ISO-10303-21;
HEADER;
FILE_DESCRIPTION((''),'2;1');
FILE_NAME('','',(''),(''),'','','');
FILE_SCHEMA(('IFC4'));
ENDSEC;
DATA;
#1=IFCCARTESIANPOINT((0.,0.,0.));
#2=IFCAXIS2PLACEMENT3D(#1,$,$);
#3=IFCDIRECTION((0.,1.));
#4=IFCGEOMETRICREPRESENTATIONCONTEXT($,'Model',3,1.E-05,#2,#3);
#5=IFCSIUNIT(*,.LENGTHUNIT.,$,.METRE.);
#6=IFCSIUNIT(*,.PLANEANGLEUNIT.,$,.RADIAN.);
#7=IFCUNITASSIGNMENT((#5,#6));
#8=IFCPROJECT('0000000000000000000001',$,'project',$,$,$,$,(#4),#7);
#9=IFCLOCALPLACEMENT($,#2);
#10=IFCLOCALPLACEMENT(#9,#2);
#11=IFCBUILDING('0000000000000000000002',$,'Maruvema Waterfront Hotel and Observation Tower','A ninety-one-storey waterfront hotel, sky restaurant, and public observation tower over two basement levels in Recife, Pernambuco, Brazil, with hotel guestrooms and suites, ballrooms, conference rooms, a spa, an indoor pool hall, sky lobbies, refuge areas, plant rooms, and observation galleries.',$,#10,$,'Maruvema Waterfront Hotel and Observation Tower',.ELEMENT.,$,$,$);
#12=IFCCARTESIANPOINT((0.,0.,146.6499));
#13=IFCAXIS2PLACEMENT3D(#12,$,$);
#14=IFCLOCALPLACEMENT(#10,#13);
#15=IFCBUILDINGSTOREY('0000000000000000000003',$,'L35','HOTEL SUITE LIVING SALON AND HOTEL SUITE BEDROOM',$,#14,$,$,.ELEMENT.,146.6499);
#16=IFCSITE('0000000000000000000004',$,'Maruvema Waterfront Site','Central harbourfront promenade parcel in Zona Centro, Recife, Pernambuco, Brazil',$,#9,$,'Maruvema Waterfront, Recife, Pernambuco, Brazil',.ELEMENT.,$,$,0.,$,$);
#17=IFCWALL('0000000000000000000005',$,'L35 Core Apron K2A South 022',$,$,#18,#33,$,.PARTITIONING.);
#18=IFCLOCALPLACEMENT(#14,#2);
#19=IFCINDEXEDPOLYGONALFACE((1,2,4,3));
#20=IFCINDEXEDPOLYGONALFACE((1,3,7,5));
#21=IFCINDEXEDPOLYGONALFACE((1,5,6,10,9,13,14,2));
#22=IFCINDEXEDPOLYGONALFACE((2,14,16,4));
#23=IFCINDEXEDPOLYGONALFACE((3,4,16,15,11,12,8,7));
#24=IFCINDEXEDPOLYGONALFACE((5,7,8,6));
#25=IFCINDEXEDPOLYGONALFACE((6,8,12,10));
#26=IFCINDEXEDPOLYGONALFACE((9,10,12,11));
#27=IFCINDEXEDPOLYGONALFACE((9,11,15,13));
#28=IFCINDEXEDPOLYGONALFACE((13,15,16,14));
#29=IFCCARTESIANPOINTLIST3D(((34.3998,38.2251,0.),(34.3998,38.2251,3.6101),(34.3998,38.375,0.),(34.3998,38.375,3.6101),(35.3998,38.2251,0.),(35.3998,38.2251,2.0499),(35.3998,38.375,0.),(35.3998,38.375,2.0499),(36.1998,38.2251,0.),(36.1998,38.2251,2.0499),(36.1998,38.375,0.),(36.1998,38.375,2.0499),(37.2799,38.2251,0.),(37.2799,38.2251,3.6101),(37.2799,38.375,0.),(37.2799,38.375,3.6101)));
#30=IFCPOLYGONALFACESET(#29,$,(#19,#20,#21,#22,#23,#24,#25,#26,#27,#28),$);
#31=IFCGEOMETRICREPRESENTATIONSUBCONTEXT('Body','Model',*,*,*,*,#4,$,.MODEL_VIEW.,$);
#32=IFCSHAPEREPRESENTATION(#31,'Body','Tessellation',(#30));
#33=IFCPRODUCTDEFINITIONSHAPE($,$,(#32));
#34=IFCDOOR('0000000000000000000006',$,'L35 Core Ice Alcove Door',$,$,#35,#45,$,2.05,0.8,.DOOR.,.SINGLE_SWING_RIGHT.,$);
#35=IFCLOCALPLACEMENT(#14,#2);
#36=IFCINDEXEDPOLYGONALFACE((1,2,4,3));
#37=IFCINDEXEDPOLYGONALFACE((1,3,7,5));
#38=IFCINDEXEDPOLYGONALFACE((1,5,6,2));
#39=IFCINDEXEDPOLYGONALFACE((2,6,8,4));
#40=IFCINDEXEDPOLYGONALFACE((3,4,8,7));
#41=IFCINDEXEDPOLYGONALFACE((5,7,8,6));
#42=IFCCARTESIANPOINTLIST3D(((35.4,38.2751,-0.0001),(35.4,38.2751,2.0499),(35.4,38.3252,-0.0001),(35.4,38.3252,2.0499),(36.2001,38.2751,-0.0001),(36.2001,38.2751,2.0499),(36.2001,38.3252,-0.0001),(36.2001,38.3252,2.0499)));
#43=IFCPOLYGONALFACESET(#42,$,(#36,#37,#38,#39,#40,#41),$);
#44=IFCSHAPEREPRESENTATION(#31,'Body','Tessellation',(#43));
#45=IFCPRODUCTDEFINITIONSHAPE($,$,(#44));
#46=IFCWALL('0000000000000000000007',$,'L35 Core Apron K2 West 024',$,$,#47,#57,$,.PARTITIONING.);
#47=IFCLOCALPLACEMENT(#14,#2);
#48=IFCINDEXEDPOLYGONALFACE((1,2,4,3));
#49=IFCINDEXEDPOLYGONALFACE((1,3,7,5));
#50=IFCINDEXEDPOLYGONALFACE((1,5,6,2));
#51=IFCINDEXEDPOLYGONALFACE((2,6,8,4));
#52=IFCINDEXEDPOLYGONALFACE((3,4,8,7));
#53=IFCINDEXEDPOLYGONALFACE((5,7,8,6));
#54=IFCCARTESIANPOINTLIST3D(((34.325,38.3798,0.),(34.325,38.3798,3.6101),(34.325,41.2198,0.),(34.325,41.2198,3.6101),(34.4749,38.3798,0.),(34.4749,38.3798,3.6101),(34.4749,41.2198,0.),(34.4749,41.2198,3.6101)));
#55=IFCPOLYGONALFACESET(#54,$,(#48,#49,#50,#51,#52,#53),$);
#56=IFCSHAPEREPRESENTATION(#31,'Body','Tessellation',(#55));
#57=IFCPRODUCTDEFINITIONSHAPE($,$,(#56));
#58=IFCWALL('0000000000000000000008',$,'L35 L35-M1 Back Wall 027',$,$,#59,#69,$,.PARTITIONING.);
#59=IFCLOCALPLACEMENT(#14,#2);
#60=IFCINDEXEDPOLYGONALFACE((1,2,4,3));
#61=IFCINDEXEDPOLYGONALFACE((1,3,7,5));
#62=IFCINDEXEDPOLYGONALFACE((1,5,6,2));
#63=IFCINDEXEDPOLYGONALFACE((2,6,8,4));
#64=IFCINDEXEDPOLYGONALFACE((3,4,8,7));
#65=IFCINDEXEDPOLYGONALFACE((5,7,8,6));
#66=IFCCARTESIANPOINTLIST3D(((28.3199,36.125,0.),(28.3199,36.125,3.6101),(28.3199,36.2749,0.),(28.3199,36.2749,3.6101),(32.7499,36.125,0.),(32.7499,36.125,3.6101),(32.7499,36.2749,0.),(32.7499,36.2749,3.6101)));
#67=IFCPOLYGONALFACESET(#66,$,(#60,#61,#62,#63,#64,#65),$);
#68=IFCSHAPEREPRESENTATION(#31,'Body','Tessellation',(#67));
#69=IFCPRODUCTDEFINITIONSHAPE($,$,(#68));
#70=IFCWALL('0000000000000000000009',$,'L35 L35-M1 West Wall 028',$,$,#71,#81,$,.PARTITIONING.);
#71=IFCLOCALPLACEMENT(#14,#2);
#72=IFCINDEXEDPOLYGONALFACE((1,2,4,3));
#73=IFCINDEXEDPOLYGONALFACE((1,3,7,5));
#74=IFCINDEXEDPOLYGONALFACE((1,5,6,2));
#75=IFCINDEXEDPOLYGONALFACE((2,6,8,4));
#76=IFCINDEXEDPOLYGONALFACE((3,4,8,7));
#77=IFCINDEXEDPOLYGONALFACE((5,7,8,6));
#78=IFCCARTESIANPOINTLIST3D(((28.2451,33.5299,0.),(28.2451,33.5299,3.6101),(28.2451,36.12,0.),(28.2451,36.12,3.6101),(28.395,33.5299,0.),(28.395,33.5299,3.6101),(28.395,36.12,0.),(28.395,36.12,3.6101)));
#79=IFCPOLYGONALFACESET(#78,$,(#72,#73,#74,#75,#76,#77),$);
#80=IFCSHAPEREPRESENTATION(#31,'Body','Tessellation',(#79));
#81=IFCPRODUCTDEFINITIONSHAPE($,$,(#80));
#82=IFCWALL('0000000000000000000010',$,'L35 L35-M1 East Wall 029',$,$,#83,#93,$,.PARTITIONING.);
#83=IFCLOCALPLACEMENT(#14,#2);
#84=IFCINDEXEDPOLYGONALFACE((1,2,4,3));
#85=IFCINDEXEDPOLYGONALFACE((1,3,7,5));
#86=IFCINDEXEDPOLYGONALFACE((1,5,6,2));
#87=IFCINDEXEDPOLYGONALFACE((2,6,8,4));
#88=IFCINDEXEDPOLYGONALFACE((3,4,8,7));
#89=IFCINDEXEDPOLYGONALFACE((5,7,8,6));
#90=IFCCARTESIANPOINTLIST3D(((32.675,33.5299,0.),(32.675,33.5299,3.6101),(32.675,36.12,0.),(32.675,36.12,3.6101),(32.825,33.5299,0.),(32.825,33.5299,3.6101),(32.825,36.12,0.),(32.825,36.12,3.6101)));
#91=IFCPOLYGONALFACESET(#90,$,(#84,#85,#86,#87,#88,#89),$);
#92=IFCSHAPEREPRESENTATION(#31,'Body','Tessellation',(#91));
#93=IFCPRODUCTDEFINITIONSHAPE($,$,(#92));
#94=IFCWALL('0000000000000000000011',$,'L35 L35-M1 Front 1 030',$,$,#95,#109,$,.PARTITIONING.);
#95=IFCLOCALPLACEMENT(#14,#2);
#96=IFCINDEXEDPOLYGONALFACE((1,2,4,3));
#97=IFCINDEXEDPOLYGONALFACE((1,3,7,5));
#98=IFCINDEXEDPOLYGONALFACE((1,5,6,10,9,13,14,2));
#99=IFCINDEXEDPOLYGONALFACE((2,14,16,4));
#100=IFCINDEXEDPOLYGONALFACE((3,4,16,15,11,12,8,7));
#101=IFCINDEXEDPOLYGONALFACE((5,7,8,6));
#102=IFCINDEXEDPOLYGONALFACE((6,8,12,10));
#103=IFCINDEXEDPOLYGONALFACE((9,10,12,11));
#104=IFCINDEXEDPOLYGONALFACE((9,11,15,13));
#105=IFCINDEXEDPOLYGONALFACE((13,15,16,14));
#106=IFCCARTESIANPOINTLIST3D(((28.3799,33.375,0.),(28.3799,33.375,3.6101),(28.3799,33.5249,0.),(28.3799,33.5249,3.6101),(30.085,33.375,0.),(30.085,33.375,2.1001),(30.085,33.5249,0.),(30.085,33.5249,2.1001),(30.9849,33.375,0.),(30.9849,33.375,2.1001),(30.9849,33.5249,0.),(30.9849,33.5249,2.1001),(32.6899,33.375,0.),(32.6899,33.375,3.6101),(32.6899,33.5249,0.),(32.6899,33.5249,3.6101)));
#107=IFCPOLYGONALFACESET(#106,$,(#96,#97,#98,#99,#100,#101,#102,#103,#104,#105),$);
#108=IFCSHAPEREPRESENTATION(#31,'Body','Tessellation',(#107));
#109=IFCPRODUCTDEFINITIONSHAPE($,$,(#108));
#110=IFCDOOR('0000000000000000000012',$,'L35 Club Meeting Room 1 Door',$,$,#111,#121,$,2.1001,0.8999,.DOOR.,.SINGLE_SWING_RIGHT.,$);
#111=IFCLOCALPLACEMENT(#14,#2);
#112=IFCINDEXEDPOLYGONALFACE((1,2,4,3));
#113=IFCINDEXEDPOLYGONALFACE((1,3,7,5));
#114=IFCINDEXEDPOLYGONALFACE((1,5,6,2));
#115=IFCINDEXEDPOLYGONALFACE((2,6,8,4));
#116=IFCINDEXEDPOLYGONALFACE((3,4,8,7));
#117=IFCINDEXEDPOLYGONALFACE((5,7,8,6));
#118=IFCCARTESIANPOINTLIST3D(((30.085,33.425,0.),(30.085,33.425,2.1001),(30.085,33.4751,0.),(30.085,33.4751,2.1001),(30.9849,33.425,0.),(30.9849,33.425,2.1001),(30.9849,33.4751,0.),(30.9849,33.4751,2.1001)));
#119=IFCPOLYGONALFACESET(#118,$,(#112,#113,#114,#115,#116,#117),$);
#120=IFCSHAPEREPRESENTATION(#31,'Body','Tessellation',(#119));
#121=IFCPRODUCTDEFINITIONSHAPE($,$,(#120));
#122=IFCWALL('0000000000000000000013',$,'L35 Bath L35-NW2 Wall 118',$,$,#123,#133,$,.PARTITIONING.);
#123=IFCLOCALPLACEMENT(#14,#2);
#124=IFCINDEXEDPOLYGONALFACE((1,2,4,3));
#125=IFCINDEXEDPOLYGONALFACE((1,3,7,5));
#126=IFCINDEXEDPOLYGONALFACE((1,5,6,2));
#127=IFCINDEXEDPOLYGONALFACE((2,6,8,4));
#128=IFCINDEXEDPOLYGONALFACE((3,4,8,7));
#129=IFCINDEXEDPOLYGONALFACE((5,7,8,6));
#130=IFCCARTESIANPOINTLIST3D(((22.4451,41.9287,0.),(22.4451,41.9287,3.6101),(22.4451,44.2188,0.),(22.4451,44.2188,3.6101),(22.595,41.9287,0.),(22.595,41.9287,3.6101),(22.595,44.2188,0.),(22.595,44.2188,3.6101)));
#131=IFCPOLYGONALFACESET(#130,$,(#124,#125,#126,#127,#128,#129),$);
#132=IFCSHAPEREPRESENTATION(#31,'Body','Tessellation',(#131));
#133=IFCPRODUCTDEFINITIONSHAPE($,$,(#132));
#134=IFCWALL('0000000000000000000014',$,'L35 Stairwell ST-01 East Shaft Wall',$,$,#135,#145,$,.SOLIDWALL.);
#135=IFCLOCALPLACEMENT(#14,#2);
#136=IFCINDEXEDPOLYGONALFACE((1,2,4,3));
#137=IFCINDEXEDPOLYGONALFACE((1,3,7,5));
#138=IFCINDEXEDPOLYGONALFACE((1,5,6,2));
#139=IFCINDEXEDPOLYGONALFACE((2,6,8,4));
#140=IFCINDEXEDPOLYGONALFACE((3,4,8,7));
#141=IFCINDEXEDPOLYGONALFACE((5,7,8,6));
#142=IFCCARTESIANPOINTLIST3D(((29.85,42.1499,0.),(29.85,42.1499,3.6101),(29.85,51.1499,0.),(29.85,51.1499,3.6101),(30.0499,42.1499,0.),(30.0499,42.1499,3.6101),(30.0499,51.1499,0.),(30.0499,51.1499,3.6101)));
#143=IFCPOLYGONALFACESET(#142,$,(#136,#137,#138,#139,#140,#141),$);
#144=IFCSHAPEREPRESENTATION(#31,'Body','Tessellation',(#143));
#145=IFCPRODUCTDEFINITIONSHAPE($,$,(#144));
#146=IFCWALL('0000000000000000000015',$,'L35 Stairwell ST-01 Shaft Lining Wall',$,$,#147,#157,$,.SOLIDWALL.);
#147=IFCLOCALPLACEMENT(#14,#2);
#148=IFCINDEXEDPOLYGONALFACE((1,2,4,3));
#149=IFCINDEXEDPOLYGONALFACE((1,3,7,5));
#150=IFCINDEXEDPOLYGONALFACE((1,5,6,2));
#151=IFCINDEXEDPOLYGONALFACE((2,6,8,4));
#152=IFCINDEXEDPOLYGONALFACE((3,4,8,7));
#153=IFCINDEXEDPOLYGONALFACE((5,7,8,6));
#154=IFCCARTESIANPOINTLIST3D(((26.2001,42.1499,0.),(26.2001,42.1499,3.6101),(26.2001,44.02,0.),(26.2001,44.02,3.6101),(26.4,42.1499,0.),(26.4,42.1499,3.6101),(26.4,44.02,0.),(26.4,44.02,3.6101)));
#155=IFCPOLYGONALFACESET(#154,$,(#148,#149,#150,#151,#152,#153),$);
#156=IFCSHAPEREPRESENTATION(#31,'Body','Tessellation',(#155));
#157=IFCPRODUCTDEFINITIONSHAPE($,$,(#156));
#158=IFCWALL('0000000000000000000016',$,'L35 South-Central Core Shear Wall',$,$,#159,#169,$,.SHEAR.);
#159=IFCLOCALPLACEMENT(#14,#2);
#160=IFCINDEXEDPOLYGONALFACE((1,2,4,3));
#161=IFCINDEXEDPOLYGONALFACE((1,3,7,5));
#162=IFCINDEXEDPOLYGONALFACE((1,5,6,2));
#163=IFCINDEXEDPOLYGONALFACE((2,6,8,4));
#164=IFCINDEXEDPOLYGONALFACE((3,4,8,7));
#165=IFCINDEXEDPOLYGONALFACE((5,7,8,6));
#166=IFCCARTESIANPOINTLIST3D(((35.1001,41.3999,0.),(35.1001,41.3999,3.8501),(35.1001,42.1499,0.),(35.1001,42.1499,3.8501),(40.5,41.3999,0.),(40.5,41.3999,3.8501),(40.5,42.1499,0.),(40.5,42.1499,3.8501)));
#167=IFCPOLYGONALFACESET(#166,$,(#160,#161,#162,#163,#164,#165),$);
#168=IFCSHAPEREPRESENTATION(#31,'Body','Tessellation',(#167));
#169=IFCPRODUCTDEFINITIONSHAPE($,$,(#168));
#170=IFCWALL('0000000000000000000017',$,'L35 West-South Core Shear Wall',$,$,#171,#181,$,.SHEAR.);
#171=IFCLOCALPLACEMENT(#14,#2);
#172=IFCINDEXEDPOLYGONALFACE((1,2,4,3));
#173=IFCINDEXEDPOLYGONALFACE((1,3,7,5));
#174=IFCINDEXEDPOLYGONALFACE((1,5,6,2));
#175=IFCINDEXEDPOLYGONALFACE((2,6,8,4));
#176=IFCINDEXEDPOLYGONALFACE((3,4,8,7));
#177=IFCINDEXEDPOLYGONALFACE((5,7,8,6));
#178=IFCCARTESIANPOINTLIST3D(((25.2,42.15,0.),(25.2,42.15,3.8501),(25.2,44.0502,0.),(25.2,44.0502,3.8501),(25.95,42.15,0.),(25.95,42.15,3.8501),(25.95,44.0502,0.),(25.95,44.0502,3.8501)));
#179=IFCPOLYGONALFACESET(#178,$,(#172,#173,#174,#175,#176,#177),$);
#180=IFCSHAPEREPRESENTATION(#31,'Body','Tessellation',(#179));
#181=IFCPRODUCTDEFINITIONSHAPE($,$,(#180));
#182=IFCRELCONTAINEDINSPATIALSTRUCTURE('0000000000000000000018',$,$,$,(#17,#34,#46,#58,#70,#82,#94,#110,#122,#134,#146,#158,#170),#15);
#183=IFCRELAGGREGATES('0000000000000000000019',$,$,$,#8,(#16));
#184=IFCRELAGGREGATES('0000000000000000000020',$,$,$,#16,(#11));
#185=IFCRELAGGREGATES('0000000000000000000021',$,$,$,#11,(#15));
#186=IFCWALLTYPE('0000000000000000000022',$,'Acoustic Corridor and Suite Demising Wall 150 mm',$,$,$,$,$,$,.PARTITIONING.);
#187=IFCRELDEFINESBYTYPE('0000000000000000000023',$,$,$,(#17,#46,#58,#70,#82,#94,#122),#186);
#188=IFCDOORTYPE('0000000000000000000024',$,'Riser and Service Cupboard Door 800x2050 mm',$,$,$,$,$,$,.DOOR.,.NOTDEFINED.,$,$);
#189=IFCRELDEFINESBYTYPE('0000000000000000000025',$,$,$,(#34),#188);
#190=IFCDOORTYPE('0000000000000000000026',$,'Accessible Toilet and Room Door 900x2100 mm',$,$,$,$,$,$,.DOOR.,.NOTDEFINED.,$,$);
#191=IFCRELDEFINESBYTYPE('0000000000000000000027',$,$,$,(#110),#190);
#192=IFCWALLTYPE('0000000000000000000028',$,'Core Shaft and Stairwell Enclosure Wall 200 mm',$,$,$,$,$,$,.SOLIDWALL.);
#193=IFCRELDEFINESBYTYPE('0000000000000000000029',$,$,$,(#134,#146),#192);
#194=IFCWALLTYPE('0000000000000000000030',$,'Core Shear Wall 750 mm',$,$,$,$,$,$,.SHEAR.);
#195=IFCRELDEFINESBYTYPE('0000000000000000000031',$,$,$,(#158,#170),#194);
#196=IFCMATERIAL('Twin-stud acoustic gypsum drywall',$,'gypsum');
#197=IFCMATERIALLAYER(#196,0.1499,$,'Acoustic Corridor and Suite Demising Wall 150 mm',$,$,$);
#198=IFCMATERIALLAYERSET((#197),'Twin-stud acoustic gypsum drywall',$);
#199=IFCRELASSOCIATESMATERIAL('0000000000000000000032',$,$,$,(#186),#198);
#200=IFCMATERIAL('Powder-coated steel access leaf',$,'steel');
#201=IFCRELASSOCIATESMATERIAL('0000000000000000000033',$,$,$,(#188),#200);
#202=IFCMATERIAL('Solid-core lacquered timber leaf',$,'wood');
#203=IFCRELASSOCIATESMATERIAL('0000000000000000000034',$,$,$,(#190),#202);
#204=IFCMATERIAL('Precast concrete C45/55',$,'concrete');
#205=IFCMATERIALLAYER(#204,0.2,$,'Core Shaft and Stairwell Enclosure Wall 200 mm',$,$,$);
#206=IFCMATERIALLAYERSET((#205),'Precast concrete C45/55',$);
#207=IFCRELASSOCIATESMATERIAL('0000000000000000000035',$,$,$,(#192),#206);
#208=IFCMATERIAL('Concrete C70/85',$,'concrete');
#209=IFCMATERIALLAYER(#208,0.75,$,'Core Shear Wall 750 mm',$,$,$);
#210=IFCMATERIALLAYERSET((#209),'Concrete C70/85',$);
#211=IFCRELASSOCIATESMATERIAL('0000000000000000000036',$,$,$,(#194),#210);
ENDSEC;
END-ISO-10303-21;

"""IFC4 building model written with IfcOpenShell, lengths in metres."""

from ifc_helpers import new_model, si_unit, direction, frame, frame_2d, origin, place, context, subcontext, project, spatial, rectangle, extrude, material, layer, layer_set, type_object, element, fill, save


model = new_model("IFC4")

# Units and contexts
model_context = context("Model", 3, precision=1e-05, world=origin(), true_north=direction((0.0, 1.0)))
body_context = subcontext(model_context, "Body", "Model", "MODEL_VIEW")
ifc_project = project(units=[si_unit("LENGTHUNIT", "METRE"), si_unit("PLANEANGLEUNIT", "RADIAN")], contexts=[model_context])

# Site, building, storey
site_placement = place(None, origin())
site = spatial("IfcSite", under=ifc_project, at=site_placement, Name="Maruvema Waterfront Site", Description="Central harbourfront promenade parcel in Zona Centro, Recife, Pernambuco, Brazil", LongName="Maruvema Waterfront, Recife, Pernambuco, Brazil", CompositionType="ELEMENT", RefElevation=0.0)
building_placement = place(site_placement, origin())
building = spatial("IfcBuilding", under=site, at=building_placement, Name="Maruvema Waterfront Hotel and Observation Tower", Description="A ninety-one-storey waterfront hotel, sky restaurant, and public observation tower over two basement levels in Recife, Pernambuco, Brazil, with hotel guestrooms and suites, ballrooms, conference rooms, a spa, an indoor pool hall, sky lobbies, refuge areas, plant rooms, and observation galleries.", LongName="Maruvema Waterfront Hotel and Observation Tower", CompositionType="ELEMENT")
storey_placement = place(building_placement, frame((0.0, 0.0, 146.6499)))
storey = spatial("IfcBuildingStorey", under=building, at=storey_placement, Name="L35", Description="HOTEL SUITE LIVING SALON AND HOTEL SUITE BEDROOM", CompositionType="ELEMENT", Elevation=146.6499)

# Wall, opening, door
ifc_material_1 = material(Name="Twin-stud acoustic gypsum drywall", Category="gypsum")
ifc_layer_1 = layer(ifc_material_1, 0.1499, Name="Acoustic Corridor and Suite Demising Wall 150 mm")
ifc_layer_set_1 = layer_set([ifc_layer_1], Name="Twin-stud acoustic gypsum drywall")
wall_type_1 = type_object("IfcWallType", Name="Acoustic Corridor and Suite Demising Wall 150 mm", PredefinedType="PARTITIONING", material=ifc_layer_set_1)
wall_1_placement = place(storey_placement, frame((34.3999, 38.3, 0.0), z_axis=(0.0, 0.0, 1.0), x_axis=(1.0, 0.0, 0.0)))
wall_1 = element("IfcWall", 1, at=wall_1_placement, inside=storey, type_object=wall_type_1, Name="L35 Core Apron K2A South 022", PredefinedType="PARTITIONING", context=body_context, shape_type="SweptSolid", body=[
    extrude(rectangle(XDim=2.8801, YDim=0.1499, at=frame_2d((1.4399, 0.0))), origin(), (0.0, 0.0, 1.0), 3.6101),
])
opening_1_placement = place(wall_1_placement, frame((1.0, 0.0, 0.0)))
opening_1 = element("IfcOpeningElement", 2, at=opening_1_placement, cuts=wall_1, PredefinedType="OPENING", context=body_context, shape_type="SweptSolid", body=[
    extrude(rectangle(XDim=0.8, YDim=2.05, at=frame_2d((0.3999, 1.0249))), frame((0.0, 0.085, 0.0), z_axis=(0.0, -1.0, 0.0), x_axis=(1.0, 0.0, 0.0)), (0.0, 0.0, 1.0), 0.1699),
])
ifc_material_2 = material(Name="Powder-coated steel access leaf", Category="steel")
door_type_1 = type_object("IfcDoorType", Name="Riser and Service Cupboard Door 800x2050 mm", OperationType="NOTDEFINED", PredefinedType="DOOR", material=ifc_material_2)
door_1_placement = place(opening_1_placement, frame((0.8, 0.0, 0.0), z_axis=(0.0, 0.0, 1.0), x_axis=(-1.0, 0.0, 0.0)))
door_1 = element("IfcDoor", 3, at=door_1_placement, inside=storey, type_object=door_type_1, Name="L35 Core Ice Alcove Door", OperationType="SINGLE_SWING_RIGHT", OverallHeight=2.05, OverallWidth=0.8, PredefinedType="DOOR", context=body_context, shape_type="SweptSolid", body=[
    extrude(rectangle(XDim=0.8, YDim=2.05, at=frame_2d((0.3999, 1.0249))), frame((0.0, 0.0249, 0.0), z_axis=(0.0, -1.0, 0.0), x_axis=(1.0, 0.0, 0.0)), (0.0, 0.0, 1.0), 0.05),
])
fill(opening_1, door_1)

# Walls
wall_2_placement = place(storey_placement, frame((34.3999, 38.3799, 0.0), z_axis=(0.0, 0.0, 1.0), x_axis=(0.0, 1.0, 0.0)))
element("IfcWall", 4, at=wall_2_placement, inside=storey, type_object=wall_type_1, Name="L35 Core Apron K2 West 024", PredefinedType="PARTITIONING", context=body_context, shape_type="SweptSolid", body=[
    extrude(rectangle(XDim=2.8401, YDim=0.1499, at=frame_2d((1.4199, 0.0))), origin(), (0.0, 0.0, 1.0), 3.6101),
])
wall_3_placement = place(storey_placement, frame((28.3201, 36.2, 0.0), z_axis=(0.0, 0.0, 1.0), x_axis=(1.0, 0.0, 0.0)))
element("IfcWall", 5, at=wall_3_placement, inside=storey, type_object=wall_type_1, Name="L35 L35-M1 Back Wall 027", PredefinedType="PARTITIONING", context=body_context, shape_type="SweptSolid", body=[
    extrude(rectangle(XDim=4.4299, YDim=0.1499, at=frame_2d((2.2148, 0.0))), origin(), (0.0, 0.0, 1.0), 3.6101),
])
for number, where, z_axis, x_axis, name in (
    (6, (28.3201, 33.53, 0.0), (0.0, 0.0, 1.0), (0.0, 1.0, 0.0), "L35 L35-M1 West Wall 028"),
    (7, (32.75, 33.53, 0.0), (0.0, 0.0, 1.0), (0.0, 1.0, 0.0), "L35 L35-M1 East Wall 029"),
):
    element("IfcWall", number, at=place(storey_placement, frame(where, z_axis=z_axis, x_axis=x_axis)), inside=storey, type_object=wall_type_1, Name=name, PredefinedType="PARTITIONING", context=body_context, shape_type="SweptSolid", body=[
        extrude(rectangle(XDim=2.5901, YDim=0.1499, at=frame_2d((1.2949, 0.0))), origin(), (0.0, 0.0, 1.0), 3.6101),
    ])

# Wall, opening, door
wall_4_placement = place(storey_placement, frame((28.3799, 33.45, 0.0), z_axis=(0.0, 0.0, 1.0), x_axis=(1.0, 0.0, 0.0)))
wall_4 = element("IfcWall", 8, at=wall_4_placement, inside=storey, type_object=wall_type_1, Name="L35 L35-M1 Front 1 030", PredefinedType="PARTITIONING", context=body_context, shape_type="SweptSolid", body=[
    extrude(rectangle(XDim=4.3101, YDim=0.1499, at=frame_2d((2.155, 0.0))), origin(), (0.0, 0.0, 1.0), 3.6101),
])
opening_2_placement = place(wall_4_placement, frame((1.7051, 0.0, 0.0)))
opening_2 = element("IfcOpeningElement", 9, at=opening_2_placement, cuts=wall_4, PredefinedType="OPENING", context=body_context, shape_type="SweptSolid", body=[
    extrude(rectangle(XDim=0.8999, YDim=2.1001, at=frame_2d((0.45, 1.05))), frame((0.0, 0.085, 0.0), z_axis=(0.0, -1.0, 0.0), x_axis=(1.0, 0.0, 0.0)), (0.0, 0.0, 1.0), 0.1699),
])
ifc_material_3 = material(Name="Solid-core lacquered timber leaf", Category="wood")
door_type_2 = type_object("IfcDoorType", Name="Accessible Toilet and Room Door 900x2100 mm", OperationType="NOTDEFINED", PredefinedType="DOOR", material=ifc_material_3)
door_2_placement = place(opening_2_placement, frame((0.8999, 0.0, 0.0), z_axis=(0.0, 0.0, 1.0), x_axis=(-1.0, 0.0, 0.0)))
door_2 = element("IfcDoor", 10, at=door_2_placement, inside=storey, type_object=door_type_2, Name="L35 Club Meeting Room 1 Door", OperationType="SINGLE_SWING_RIGHT", OverallHeight=2.1001, OverallWidth=0.8999, PredefinedType="DOOR", context=body_context, shape_type="SweptSolid", body=[
    extrude(rectangle(XDim=0.8999, YDim=2.1001, at=frame_2d((0.45, 1.05))), frame((0.0, 0.0249, 0.0), z_axis=(0.0, -1.0, 0.0), x_axis=(1.0, 0.0, 0.0)), (0.0, 0.0, 1.0), 0.05),
])
fill(opening_2, door_2)

# Walls
wall_5_placement = place(storey_placement, frame((22.52, 41.9287, 0.0), z_axis=(0.0, 0.0, 1.0), x_axis=(0.0, 1.0, 0.0)))
element("IfcWall", 11, at=wall_5_placement, inside=storey, type_object=wall_type_1, Name="L35 Bath L35-NW2 Wall 118", PredefinedType="PARTITIONING", context=body_context, shape_type="SweptSolid", body=[
    extrude(rectangle(XDim=2.29, YDim=0.1499, at=frame_2d((1.145, 0.0))), origin(), (0.0, 0.0, 1.0), 3.6101),
])
ifc_material_4 = material(Name="Precast concrete C45/55", Category="concrete")
ifc_layer_2 = layer(ifc_material_4, 0.2, Name="Core Shaft and Stairwell Enclosure Wall 200 mm")
ifc_layer_set_2 = layer_set([ifc_layer_2], Name="Precast concrete C45/55")
wall_type_2 = type_object("IfcWallType", Name="Core Shaft and Stairwell Enclosure Wall 200 mm", PredefinedType="SOLIDWALL", material=ifc_layer_set_2)
wall_6_placement = place(storey_placement, frame((29.95, 42.1499, 0.0), z_axis=(0.0, 0.0, 1.0), x_axis=(0.0, 1.0, 0.0)))
element("IfcWall", 12, at=wall_6_placement, inside=storey, type_object=wall_type_2, Name="L35 Stairwell ST-01 East Shaft Wall", PredefinedType="SOLIDWALL", context=body_context, shape_type="SweptSolid", body=[
    extrude(rectangle(XDim=9.0, YDim=0.2, at=frame_2d((4.5, 0.0))), origin(), (0.0, 0.0, 1.0), 3.6101),
])
wall_7_placement = place(storey_placement, frame((26.3, 42.1499, 0.0), z_axis=(0.0, 0.0, 1.0), x_axis=(0.0, 1.0, 0.0)))
element("IfcWall", 13, at=wall_7_placement, inside=storey, type_object=wall_type_2, Name="L35 Stairwell ST-01 Shaft Lining Wall", PredefinedType="SOLIDWALL", context=body_context, shape_type="SweptSolid", body=[
    extrude(rectangle(XDim=1.8701, YDim=0.2, at=frame_2d((0.9351, 0.0))), origin(), (0.0, 0.0, 1.0), 3.6101),
])

# Shared definitions
ifc_material_5 = material(Name="Concrete C70/85", Category="concrete")
ifc_layer_3 = layer(ifc_material_5, 0.75, Name="Core Shear Wall 750 mm")
ifc_layer_set_3 = layer_set([ifc_layer_3], Name="Concrete C70/85")
wall_type_3 = type_object("IfcWallType", Name="Core Shear Wall 750 mm", PredefinedType="SHEAR", material=ifc_layer_set_3)

# Walls
wall_8_placement = place(storey_placement, frame((35.1001, 41.7749, 0.0), z_axis=(0.0, 0.0, 1.0), x_axis=(1.0, 0.0, 0.0)))
element("IfcWall", 14, at=wall_8_placement, inside=storey, type_object=wall_type_3, Name="L35 South-Central Core Shear Wall", PredefinedType="SHEAR", context=body_context, shape_type="SweptSolid", body=[
    extrude(rectangle(XDim=5.3999, YDim=0.75, at=frame_2d((2.7, 0.0))), origin(), (0.0, 0.0, 1.0), 3.8501),
])
wall_9_placement = place(storey_placement, frame((25.575, 42.1499, 0.0), z_axis=(0.0, 0.0, 1.0), x_axis=(0.0, 1.0, 0.0)))
element("IfcWall", 15, at=wall_9_placement, inside=storey, type_object=wall_type_3, Name="L35 West-South Core Shear Wall", PredefinedType="SHEAR", context=body_context, shape_type="SweptSolid", body=[
    extrude(rectangle(XDim=1.9001, YDim=0.75, at=frame_2d((0.9502, 0.0))), origin(), (0.0, 0.0, 1.0), 3.8501),
])

save(model, "model.ifc")
